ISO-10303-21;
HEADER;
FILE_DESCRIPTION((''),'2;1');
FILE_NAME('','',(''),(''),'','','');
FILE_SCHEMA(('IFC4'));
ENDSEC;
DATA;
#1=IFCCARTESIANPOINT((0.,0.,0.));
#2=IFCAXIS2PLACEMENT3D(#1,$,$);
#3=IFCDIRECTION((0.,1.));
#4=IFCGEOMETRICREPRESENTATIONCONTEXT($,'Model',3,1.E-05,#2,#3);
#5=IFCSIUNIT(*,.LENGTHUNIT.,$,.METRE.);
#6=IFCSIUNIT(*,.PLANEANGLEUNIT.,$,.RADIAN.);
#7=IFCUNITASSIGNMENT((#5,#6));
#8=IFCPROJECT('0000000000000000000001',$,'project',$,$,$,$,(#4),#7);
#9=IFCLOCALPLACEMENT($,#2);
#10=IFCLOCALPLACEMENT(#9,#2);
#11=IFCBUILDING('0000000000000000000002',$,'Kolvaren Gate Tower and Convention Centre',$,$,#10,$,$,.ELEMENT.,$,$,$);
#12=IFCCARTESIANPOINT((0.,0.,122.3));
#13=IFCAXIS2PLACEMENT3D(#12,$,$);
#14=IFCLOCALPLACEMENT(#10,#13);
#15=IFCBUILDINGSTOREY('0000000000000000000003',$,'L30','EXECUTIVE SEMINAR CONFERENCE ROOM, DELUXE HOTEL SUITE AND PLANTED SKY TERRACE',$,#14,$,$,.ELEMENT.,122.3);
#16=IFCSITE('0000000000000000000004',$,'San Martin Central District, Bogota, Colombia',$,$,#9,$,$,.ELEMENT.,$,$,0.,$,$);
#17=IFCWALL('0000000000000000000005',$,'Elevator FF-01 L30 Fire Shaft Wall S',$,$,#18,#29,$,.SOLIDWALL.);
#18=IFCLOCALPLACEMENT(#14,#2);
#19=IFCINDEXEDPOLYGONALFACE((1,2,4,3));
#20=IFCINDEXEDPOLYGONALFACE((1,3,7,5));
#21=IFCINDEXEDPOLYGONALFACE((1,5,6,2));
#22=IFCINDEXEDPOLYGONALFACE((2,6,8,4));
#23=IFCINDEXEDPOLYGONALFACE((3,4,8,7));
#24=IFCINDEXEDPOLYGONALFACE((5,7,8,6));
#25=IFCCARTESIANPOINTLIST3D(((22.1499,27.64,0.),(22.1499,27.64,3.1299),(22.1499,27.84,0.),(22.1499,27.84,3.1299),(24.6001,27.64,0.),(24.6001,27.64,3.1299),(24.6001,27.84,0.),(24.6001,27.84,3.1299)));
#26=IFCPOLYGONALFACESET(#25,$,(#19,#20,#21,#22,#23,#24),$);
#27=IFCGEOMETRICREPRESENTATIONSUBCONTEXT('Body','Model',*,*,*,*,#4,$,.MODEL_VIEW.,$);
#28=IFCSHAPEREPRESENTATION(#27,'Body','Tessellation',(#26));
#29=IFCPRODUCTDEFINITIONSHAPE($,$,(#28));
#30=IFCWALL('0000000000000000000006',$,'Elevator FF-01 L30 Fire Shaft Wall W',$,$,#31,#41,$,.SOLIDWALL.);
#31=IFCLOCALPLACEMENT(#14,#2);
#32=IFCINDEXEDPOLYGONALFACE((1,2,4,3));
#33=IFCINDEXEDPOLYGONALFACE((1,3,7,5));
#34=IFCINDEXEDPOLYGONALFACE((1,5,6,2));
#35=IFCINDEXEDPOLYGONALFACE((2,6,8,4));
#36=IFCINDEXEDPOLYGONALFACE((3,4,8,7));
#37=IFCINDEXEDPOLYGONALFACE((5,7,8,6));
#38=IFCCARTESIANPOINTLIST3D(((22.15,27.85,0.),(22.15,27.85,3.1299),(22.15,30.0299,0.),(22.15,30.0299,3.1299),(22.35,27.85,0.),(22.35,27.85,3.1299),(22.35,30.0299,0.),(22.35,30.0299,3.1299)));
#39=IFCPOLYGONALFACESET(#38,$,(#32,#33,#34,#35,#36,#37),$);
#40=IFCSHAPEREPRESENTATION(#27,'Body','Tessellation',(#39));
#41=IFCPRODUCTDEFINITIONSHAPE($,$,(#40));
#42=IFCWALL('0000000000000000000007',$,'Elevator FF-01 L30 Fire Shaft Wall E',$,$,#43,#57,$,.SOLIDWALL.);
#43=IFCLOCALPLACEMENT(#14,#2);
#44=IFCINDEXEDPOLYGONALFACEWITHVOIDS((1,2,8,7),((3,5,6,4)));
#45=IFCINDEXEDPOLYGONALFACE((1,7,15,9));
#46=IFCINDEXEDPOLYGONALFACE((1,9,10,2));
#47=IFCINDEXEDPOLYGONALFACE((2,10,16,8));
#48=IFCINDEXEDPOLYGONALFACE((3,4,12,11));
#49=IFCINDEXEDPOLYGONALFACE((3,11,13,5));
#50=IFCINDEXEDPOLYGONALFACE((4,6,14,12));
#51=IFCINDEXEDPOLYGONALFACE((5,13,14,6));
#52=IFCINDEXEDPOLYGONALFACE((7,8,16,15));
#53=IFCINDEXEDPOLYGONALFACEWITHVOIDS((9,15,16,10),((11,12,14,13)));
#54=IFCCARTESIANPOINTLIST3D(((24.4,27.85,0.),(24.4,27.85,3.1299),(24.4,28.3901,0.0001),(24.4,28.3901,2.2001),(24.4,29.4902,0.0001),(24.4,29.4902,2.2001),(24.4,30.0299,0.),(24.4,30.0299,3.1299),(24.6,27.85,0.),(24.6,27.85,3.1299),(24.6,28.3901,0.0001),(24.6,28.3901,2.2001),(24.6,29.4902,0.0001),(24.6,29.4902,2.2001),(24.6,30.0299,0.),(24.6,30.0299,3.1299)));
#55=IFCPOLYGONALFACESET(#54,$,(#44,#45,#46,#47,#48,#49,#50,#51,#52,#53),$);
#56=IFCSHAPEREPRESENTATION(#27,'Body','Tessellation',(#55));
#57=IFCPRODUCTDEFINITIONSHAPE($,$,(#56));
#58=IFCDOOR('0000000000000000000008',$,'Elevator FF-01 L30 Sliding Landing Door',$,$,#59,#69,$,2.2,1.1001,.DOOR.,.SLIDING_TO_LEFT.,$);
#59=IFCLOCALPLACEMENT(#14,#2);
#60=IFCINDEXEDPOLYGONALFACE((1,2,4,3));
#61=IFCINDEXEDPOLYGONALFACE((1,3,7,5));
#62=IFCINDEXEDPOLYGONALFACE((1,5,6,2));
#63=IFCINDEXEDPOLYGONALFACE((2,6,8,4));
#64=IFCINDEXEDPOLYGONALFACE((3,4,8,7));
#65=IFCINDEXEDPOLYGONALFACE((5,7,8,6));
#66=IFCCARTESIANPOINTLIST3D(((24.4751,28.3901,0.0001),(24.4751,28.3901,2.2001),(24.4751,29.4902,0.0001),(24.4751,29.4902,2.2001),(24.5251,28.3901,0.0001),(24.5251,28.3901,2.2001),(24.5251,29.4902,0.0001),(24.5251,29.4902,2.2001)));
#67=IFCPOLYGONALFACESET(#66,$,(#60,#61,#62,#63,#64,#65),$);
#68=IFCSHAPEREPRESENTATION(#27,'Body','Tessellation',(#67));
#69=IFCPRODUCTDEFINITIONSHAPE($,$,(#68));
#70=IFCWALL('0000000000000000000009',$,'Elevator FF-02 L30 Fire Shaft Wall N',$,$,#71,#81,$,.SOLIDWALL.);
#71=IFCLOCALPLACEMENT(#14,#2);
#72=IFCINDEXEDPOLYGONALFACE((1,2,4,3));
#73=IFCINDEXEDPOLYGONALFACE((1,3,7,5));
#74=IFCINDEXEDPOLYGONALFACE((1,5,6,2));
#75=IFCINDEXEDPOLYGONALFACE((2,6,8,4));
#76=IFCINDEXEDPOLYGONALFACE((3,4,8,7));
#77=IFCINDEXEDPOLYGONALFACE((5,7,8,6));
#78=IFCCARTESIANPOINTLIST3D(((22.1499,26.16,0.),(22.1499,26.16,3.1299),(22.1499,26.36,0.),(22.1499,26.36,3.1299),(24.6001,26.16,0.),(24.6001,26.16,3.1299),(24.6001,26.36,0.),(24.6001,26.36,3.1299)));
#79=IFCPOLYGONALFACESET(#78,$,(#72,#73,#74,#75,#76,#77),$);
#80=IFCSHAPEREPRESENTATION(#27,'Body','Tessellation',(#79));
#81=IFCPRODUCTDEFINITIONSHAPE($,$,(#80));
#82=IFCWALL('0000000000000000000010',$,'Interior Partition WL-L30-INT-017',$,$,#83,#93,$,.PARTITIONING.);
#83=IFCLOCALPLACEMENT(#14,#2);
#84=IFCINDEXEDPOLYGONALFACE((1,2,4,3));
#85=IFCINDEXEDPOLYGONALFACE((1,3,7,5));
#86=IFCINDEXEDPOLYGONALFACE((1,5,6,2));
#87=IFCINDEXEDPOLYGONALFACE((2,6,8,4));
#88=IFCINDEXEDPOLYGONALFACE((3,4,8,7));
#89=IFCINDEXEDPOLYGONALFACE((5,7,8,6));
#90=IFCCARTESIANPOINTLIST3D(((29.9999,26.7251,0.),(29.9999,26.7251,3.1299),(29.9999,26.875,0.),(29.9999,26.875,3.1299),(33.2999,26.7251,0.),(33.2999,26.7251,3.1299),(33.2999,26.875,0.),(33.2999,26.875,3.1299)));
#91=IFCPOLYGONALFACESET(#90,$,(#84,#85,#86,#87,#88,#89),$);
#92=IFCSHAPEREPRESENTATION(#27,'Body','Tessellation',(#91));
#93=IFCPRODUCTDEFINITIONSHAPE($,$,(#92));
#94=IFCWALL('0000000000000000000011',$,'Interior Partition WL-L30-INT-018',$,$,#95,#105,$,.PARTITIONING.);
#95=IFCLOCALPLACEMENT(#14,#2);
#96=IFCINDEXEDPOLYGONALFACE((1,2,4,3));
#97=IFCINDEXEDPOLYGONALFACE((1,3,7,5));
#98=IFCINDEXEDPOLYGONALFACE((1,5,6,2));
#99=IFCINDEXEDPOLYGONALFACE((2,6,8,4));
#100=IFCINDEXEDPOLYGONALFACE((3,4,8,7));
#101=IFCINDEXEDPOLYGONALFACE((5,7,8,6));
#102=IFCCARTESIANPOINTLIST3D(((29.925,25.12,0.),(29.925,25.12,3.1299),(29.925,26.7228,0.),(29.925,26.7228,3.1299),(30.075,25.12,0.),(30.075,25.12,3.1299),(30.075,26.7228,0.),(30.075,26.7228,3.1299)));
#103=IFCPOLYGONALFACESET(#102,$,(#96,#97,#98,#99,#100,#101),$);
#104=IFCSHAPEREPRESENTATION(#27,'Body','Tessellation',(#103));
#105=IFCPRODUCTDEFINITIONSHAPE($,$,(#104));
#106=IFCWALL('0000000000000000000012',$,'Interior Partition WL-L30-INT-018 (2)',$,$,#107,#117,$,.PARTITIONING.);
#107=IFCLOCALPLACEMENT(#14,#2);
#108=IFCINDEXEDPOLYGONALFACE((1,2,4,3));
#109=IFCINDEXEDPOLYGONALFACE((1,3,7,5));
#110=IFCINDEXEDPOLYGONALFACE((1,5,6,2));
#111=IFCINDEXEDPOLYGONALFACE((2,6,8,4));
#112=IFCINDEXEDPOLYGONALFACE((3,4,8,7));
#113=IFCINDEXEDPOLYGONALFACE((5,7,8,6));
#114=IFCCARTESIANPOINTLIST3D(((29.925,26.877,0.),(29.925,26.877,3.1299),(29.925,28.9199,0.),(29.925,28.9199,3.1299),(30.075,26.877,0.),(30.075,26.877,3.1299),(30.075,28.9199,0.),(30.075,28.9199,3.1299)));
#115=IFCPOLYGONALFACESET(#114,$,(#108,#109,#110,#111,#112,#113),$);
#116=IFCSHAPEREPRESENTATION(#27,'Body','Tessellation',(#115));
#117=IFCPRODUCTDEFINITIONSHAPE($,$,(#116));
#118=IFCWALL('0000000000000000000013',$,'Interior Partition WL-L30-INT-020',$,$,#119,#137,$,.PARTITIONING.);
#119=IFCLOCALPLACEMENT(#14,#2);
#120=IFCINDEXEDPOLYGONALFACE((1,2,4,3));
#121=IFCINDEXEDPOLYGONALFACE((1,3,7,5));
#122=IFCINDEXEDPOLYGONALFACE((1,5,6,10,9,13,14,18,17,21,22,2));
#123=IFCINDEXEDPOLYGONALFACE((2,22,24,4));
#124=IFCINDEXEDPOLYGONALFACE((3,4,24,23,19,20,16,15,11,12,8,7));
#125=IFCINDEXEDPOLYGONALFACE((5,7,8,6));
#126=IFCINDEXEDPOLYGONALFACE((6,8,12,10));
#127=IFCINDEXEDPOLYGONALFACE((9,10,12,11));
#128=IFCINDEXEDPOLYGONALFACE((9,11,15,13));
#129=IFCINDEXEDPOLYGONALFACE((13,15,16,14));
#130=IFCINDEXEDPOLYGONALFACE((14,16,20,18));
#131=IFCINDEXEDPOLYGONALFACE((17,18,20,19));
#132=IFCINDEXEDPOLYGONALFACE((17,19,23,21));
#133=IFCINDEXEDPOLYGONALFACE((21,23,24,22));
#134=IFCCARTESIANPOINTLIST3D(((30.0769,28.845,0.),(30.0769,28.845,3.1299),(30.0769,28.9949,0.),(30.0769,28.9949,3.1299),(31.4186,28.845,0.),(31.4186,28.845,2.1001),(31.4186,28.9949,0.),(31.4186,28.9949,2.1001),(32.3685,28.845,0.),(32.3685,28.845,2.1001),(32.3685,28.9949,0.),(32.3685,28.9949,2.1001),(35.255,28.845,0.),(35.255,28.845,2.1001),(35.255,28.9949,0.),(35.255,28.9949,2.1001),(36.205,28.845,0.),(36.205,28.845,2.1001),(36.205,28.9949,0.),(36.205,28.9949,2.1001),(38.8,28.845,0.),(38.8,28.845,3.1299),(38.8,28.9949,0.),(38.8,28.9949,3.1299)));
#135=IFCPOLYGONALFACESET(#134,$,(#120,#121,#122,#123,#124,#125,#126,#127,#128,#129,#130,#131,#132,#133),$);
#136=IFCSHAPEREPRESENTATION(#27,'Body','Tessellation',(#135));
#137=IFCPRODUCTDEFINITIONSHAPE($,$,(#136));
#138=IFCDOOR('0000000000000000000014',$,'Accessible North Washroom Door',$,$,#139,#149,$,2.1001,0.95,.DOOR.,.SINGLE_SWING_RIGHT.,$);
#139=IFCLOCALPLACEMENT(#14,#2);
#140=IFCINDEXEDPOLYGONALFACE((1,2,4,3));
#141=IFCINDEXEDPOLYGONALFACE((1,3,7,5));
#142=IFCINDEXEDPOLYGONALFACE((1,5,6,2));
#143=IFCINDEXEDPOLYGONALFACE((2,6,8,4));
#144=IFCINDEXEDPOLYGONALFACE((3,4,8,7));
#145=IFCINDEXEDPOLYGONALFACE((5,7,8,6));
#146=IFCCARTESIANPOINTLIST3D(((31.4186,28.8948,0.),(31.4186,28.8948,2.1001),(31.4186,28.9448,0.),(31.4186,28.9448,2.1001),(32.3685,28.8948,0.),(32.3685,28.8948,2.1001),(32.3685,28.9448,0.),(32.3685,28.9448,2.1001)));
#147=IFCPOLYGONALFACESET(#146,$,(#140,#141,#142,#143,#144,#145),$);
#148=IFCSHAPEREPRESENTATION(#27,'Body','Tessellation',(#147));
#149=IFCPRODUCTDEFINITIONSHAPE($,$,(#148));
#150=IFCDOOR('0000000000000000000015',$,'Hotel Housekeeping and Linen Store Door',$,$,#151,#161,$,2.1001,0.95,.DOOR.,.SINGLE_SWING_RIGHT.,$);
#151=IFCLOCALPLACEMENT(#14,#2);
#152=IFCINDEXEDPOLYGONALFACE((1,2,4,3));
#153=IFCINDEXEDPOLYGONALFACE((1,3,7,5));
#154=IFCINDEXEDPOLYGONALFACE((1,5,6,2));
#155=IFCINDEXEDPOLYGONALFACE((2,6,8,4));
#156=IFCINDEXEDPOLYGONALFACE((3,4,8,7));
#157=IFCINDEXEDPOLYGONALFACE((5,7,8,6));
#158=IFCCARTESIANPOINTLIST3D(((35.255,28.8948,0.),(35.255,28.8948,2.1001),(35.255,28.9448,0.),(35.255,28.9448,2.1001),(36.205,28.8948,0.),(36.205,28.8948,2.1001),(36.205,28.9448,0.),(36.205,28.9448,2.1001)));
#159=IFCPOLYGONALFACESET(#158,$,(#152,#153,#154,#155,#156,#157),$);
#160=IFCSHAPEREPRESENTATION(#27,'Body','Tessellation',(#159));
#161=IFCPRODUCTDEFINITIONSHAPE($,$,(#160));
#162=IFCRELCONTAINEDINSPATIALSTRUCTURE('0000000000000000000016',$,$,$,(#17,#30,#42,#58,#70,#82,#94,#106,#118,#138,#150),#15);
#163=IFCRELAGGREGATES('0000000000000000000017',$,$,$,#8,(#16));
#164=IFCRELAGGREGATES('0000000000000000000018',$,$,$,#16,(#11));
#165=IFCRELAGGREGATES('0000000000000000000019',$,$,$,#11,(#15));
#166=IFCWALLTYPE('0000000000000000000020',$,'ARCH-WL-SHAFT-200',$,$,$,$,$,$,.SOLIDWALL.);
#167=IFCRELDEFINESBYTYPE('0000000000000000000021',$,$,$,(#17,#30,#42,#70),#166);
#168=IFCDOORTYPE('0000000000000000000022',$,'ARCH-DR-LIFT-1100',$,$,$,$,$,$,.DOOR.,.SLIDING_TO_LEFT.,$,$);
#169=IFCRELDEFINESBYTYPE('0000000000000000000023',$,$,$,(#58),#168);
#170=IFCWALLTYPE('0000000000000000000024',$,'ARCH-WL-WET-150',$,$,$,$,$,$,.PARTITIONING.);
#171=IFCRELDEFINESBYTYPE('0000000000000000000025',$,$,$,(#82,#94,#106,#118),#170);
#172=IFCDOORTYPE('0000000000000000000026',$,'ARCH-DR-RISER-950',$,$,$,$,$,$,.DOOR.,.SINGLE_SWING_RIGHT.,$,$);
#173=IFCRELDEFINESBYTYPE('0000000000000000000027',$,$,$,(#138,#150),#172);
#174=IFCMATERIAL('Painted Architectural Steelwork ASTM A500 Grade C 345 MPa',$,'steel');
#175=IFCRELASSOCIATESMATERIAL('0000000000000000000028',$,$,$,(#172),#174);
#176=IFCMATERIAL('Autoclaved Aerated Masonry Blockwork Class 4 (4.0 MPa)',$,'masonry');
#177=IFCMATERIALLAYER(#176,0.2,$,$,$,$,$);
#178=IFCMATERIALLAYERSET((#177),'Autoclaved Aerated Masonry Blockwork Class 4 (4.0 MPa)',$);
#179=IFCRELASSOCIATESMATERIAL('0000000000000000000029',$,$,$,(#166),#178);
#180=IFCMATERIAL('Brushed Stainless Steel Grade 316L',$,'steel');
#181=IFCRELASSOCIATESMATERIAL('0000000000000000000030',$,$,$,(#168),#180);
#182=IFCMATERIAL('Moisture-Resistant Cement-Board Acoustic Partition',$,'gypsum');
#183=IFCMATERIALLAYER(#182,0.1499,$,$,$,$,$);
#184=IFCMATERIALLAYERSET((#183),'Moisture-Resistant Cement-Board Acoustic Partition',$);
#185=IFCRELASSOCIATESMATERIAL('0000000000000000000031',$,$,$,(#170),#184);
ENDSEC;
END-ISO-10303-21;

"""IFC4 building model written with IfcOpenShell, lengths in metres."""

from ifc_helpers import new_model, si_unit, direction, frame, frame_2d, origin, place, context, subcontext, project, spatial, rectangle, extrude, material, layer, layer_set, type_object, element, fill, save


model = new_model("IFC4")

# Units and contexts
model_context = context("Model", 3, precision=1e-05, world=origin(), true_north=direction((0.0, 1.0)))
body_context = subcontext(model_context, "Body", "Model", "MODEL_VIEW")
ifc_project = project(units=[si_unit("LENGTHUNIT", "METRE"), si_unit("PLANEANGLEUNIT", "RADIAN")], contexts=[model_context])

# Site, building, storey
site_placement = place(None, origin())
site = spatial("IfcSite", under=ifc_project, at=site_placement, Name="San Martin Central District, Bogota, Colombia", CompositionType="ELEMENT", RefElevation=0.0)
building_placement = place(site_placement, origin())
building = spatial("IfcBuilding", under=site, at=building_placement, Name="Kolvaren Gate Tower and Convention Centre", CompositionType="ELEMENT")
storey_placement = place(building_placement, frame((0.0, 0.0, 122.3)))
storey = spatial("IfcBuildingStorey", under=building, at=storey_placement, Name="L30", Description="EXECUTIVE SEMINAR CONFERENCE ROOM, DELUXE HOTEL SUITE AND PLANTED SKY TERRACE", CompositionType="ELEMENT", Elevation=122.3)

# Shared definitions
ifc_material_1 = material(Name="Autoclaved Aerated Masonry Blockwork Class 4 (4.0 MPa)", Category="masonry")

# Shared definitions
ifc_material_2 = material(Name="Painted Architectural Steelwork ASTM A500 Grade C 345 MPa", Category="steel")
door_type_1 = type_object("IfcDoorType", Name="ARCH-DR-RISER-950", OperationType="SINGLE_SWING_RIGHT", PredefinedType="DOOR", material=ifc_material_2)

# Walls
ifc_layer_1 = layer(ifc_material_1, 0.2)
ifc_layer_set_1 = layer_set([ifc_layer_1], Name="Autoclaved Aerated Masonry Blockwork Class 4 (4.0 MPa)")
wall_type_1 = type_object("IfcWallType", Name="ARCH-WL-SHAFT-200", PredefinedType="SOLIDWALL", material=ifc_layer_set_1)
for number, where, z_axis, x_axis, name in (
    (1, (22.1499, 27.74, 0.0), (0.0, 0.0, 1.0), (1.0, 0.0, 0.0), "Elevator FF-01 L30 Fire Shaft Wall S"),
):
    element("IfcWall", number, at=place(storey_placement, frame(where, z_axis=z_axis, x_axis=x_axis)), inside=storey, type_object=wall_type_1, Name=name, PredefinedType="SOLIDWALL", context=body_context, shape_type="SweptSolid", body=[
        extrude(rectangle(XDim=2.4502, YDim=0.2, at=frame_2d((1.2251, 0.0))), origin(), (0.0, 0.0, 1.0), 3.1299),
    ])
wall_1_placement = place(storey_placement, frame((22.25, 27.8501, 0.0), z_axis=(0.0, 0.0, 1.0), x_axis=(0.0, 1.0, 0.0)))
element("IfcWall", 2, at=wall_1_placement, inside=storey, type_object=wall_type_1, Name="Elevator FF-01 L30 Fire Shaft Wall W", PredefinedType="SOLIDWALL", context=body_context, shape_type="SweptSolid", body=[
    extrude(rectangle(XDim=2.1799, YDim=0.2, at=frame_2d((1.0898, 0.0))), origin(), (0.0, 0.0, 1.0), 3.1299),
])

# Wall, opening, door
wall_2_placement = place(storey_placement, frame((24.5, 27.8501, 0.0), z_axis=(0.0, 0.0, 1.0), x_axis=(0.0, 1.0, 0.0)))
wall_2 = element("IfcWall", 3, at=wall_2_placement, inside=storey, type_object=wall_type_1, Name="Elevator FF-01 L30 Fire Shaft Wall E", PredefinedType="SOLIDWALL", context=body_context, shape_type="SweptSolid", body=[
    extrude(rectangle(XDim=2.1799, YDim=0.2, at=frame_2d((1.0898, 0.0))), origin(), (0.0, 0.0, 1.0), 3.1299),
])
opening_1_placement = place(wall_2_placement, frame((0.54, 0.0, 0.0)))
opening_1 = element("IfcOpeningElement", 4, at=opening_1_placement, cuts=wall_2, PredefinedType="OPENING", context=body_context, shape_type="SweptSolid", body=[
    extrude(rectangle(XDim=1.1001, YDim=2.2, at=frame_2d((0.55, 1.1001))), frame((0.0, 0.1099, 0.0), z_axis=(0.0, -1.0, 0.0), x_axis=(1.0, 0.0, 0.0)), (0.0, 0.0, 1.0), 0.22),
])
ifc_material_3 = material(Name="Brushed Stainless Steel Grade 316L", Category="steel")
door_type_2 = type_object("IfcDoorType", Name="ARCH-DR-LIFT-1100", OperationType="SLIDING_TO_LEFT", PredefinedType="DOOR", material=ifc_material_3)
door_1_placement = place(opening_1_placement, origin())
door_1 = element("IfcDoor", 5, at=door_1_placement, inside=storey, type_object=door_type_2, Name="Elevator FF-01 L30 Sliding Landing Door", OperationType="SLIDING_TO_LEFT", OverallHeight=2.2, OverallWidth=1.1001, PredefinedType="DOOR", context=body_context, shape_type="SweptSolid", body=[
    extrude(rectangle(XDim=1.1001, YDim=2.2, at=frame_2d((0.55, 1.1001))), frame((0.0, 0.0249, 0.0), z_axis=(0.0, -1.0, 0.0), x_axis=(1.0, 0.0, 0.0)), (0.0, 0.0, 1.0), 0.05),
])
fill(opening_1, door_1)

# Walls
wall_3_placement = place(storey_placement, frame((22.1499, 26.26, 0.0), z_axis=(0.0, 0.0, 1.0), x_axis=(1.0, 0.0, 0.0)))
element("IfcWall", 6, at=wall_3_placement, inside=storey, type_object=wall_type_1, Name="Elevator FF-02 L30 Fire Shaft Wall N", PredefinedType="SOLIDWALL", context=body_context, shape_type="SweptSolid", body=[
    extrude(rectangle(XDim=2.4502, YDim=0.2, at=frame_2d((1.2251, 0.0))), origin(), (0.0, 0.0, 1.0), 3.1299),
])
ifc_material_4 = material(Name="Moisture-Resistant Cement-Board Acoustic Partition", Category="gypsum")
ifc_layer_2 = layer(ifc_material_4, 0.1499)
ifc_layer_set_2 = layer_set([ifc_layer_2], Name="Moisture-Resistant Cement-Board Acoustic Partition")
wall_type_2 = type_object("IfcWallType", Name="ARCH-WL-WET-150", PredefinedType="PARTITIONING", material=ifc_layer_set_2)
wall_4_placement = place(storey_placement, frame((30.0, 26.8, 0.0), z_axis=(0.0, 0.0, 1.0), x_axis=(1.0, 0.0, 0.0)))
element("IfcWall", 7, at=wall_4_placement, inside=storey, type_object=wall_type_2, Name="Interior Partition WL-L30-INT-017", PredefinedType="PARTITIONING", context=body_context, shape_type="SweptSolid", body=[
    extrude(rectangle(XDim=3.3, YDim=0.1499, at=frame_2d((1.6499, 0.0))), origin(), (0.0, 0.0, 1.0), 3.1299),
])
wall_5_placement = place(storey_placement, frame((30.0, 25.1201, 0.0), z_axis=(0.0, 0.0, 1.0), x_axis=(0.0, 1.0, 0.0)))
element("IfcWall", 8, at=wall_5_placement, inside=storey, type_object=wall_type_2, Name="Interior Partition WL-L30-INT-018", PredefinedType="PARTITIONING", context=body_context, shape_type="SweptSolid", body=[
    extrude(rectangle(XDim=1.6028, YDim=0.1499, at=frame_2d((0.8013, 0.0))), origin(), (0.0, 0.0, 1.0), 3.1299),
])
wall_6_placement = place(storey_placement, frame((30.0, 26.877, 0.0), z_axis=(0.0, 0.0, 1.0), x_axis=(0.0, 1.0, 0.0)))
element("IfcWall", 9, at=wall_6_placement, inside=storey, type_object=wall_type_2, Name="Interior Partition WL-L30-INT-018 (2)", PredefinedType="PARTITIONING", context=body_context, shape_type="SweptSolid", body=[
    extrude(rectangle(XDim=2.043, YDim=0.1499, at=frame_2d((1.0215, 0.0))), origin(), (0.0, 0.0, 1.0), 3.1299),
])

# Wall, openings, doors
wall_7_placement = place(storey_placement, frame((30.0769, 28.9199, 0.0), z_axis=(0.0, 0.0, 1.0), x_axis=(1.0, 0.0, 0.0)))
wall_7 = element("IfcWall", 10, at=wall_7_placement, inside=storey, type_object=wall_type_2, Name="Interior Partition WL-L30-INT-020", PredefinedType="PARTITIONING", context=body_context, shape_type="SweptSolid", body=[
    extrude(rectangle(XDim=8.7231, YDim=0.1499, at=frame_2d((4.3616, 0.0))), origin(), (0.0, 0.0, 1.0), 3.1299),
])
opening_2_placement = place(wall_7_placement, frame((1.3416, 0.0, 0.0)))
opening_2 = element("IfcOpeningElement", 11, at=opening_2_placement, cuts=wall_7, PredefinedType="OPENING", context=body_context, shape_type="SweptSolid", body=[
    extrude(rectangle(XDim=0.95, YDim=2.1001, at=frame_2d((0.4751, 1.05))), frame((0.0, 0.085, 0.0), z_axis=(0.0, -1.0, 0.0), x_axis=(1.0, 0.0, 0.0)), (0.0, 0.0, 1.0), 0.1699),
])
opening_3_placement = place(wall_7_placement, frame((5.178, 0.0, 0.0)))
opening_3 = element("IfcOpeningElement", 12, at=opening_3_placement, cuts=wall_7, PredefinedType="OPENING", context=body_context, shape_type="SweptSolid", body=[
    extrude(rectangle(XDim=0.95, YDim=2.1001, at=frame_2d((0.4751, 1.05))), frame((0.0, 0.085, 0.0), z_axis=(0.0, -1.0, 0.0), x_axis=(1.0, 0.0, 0.0)), (0.0, 0.0, 1.0), 0.1699),
])
door_2_placement = place(opening_2_placement, origin())
door_2 = element("IfcDoor", 13, at=door_2_placement, inside=storey, type_object=door_type_1, Name="Accessible North Washroom Door", OperationType="SINGLE_SWING_RIGHT", OverallHeight=2.1001, OverallWidth=0.95, PredefinedType="DOOR", context=body_context, shape_type="SweptSolid", body=[
    extrude(rectangle(XDim=0.95, YDim=2.1001, at=frame_2d((0.4751, 1.05))), frame((0.0, 0.0249, 0.0), z_axis=(0.0, -1.0, 0.0), x_axis=(1.0, 0.0, 0.0)), (0.0, 0.0, 1.0), 0.05),
])
fill(opening_2, door_2)
door_3_placement = place(opening_3_placement, origin())
door_3 = element("IfcDoor", 14, at=door_3_placement, inside=storey, type_object=door_type_1, Name="Hotel Housekeeping and Linen Store Door", OperationType="SINGLE_SWING_RIGHT", OverallHeight=2.1001, OverallWidth=0.95, PredefinedType="DOOR", context=body_context, shape_type="SweptSolid", body=[
    extrude(rectangle(XDim=0.95, YDim=2.1001, at=frame_2d((0.4751, 1.05))), frame((0.0, 0.0249, 0.0), z_axis=(0.0, -1.0, 0.0), x_axis=(1.0, 0.0, 0.0)), (0.0, 0.0, 1.0), 0.05),
])
fill(opening_3, door_3)

save(model, "model.ifc")
